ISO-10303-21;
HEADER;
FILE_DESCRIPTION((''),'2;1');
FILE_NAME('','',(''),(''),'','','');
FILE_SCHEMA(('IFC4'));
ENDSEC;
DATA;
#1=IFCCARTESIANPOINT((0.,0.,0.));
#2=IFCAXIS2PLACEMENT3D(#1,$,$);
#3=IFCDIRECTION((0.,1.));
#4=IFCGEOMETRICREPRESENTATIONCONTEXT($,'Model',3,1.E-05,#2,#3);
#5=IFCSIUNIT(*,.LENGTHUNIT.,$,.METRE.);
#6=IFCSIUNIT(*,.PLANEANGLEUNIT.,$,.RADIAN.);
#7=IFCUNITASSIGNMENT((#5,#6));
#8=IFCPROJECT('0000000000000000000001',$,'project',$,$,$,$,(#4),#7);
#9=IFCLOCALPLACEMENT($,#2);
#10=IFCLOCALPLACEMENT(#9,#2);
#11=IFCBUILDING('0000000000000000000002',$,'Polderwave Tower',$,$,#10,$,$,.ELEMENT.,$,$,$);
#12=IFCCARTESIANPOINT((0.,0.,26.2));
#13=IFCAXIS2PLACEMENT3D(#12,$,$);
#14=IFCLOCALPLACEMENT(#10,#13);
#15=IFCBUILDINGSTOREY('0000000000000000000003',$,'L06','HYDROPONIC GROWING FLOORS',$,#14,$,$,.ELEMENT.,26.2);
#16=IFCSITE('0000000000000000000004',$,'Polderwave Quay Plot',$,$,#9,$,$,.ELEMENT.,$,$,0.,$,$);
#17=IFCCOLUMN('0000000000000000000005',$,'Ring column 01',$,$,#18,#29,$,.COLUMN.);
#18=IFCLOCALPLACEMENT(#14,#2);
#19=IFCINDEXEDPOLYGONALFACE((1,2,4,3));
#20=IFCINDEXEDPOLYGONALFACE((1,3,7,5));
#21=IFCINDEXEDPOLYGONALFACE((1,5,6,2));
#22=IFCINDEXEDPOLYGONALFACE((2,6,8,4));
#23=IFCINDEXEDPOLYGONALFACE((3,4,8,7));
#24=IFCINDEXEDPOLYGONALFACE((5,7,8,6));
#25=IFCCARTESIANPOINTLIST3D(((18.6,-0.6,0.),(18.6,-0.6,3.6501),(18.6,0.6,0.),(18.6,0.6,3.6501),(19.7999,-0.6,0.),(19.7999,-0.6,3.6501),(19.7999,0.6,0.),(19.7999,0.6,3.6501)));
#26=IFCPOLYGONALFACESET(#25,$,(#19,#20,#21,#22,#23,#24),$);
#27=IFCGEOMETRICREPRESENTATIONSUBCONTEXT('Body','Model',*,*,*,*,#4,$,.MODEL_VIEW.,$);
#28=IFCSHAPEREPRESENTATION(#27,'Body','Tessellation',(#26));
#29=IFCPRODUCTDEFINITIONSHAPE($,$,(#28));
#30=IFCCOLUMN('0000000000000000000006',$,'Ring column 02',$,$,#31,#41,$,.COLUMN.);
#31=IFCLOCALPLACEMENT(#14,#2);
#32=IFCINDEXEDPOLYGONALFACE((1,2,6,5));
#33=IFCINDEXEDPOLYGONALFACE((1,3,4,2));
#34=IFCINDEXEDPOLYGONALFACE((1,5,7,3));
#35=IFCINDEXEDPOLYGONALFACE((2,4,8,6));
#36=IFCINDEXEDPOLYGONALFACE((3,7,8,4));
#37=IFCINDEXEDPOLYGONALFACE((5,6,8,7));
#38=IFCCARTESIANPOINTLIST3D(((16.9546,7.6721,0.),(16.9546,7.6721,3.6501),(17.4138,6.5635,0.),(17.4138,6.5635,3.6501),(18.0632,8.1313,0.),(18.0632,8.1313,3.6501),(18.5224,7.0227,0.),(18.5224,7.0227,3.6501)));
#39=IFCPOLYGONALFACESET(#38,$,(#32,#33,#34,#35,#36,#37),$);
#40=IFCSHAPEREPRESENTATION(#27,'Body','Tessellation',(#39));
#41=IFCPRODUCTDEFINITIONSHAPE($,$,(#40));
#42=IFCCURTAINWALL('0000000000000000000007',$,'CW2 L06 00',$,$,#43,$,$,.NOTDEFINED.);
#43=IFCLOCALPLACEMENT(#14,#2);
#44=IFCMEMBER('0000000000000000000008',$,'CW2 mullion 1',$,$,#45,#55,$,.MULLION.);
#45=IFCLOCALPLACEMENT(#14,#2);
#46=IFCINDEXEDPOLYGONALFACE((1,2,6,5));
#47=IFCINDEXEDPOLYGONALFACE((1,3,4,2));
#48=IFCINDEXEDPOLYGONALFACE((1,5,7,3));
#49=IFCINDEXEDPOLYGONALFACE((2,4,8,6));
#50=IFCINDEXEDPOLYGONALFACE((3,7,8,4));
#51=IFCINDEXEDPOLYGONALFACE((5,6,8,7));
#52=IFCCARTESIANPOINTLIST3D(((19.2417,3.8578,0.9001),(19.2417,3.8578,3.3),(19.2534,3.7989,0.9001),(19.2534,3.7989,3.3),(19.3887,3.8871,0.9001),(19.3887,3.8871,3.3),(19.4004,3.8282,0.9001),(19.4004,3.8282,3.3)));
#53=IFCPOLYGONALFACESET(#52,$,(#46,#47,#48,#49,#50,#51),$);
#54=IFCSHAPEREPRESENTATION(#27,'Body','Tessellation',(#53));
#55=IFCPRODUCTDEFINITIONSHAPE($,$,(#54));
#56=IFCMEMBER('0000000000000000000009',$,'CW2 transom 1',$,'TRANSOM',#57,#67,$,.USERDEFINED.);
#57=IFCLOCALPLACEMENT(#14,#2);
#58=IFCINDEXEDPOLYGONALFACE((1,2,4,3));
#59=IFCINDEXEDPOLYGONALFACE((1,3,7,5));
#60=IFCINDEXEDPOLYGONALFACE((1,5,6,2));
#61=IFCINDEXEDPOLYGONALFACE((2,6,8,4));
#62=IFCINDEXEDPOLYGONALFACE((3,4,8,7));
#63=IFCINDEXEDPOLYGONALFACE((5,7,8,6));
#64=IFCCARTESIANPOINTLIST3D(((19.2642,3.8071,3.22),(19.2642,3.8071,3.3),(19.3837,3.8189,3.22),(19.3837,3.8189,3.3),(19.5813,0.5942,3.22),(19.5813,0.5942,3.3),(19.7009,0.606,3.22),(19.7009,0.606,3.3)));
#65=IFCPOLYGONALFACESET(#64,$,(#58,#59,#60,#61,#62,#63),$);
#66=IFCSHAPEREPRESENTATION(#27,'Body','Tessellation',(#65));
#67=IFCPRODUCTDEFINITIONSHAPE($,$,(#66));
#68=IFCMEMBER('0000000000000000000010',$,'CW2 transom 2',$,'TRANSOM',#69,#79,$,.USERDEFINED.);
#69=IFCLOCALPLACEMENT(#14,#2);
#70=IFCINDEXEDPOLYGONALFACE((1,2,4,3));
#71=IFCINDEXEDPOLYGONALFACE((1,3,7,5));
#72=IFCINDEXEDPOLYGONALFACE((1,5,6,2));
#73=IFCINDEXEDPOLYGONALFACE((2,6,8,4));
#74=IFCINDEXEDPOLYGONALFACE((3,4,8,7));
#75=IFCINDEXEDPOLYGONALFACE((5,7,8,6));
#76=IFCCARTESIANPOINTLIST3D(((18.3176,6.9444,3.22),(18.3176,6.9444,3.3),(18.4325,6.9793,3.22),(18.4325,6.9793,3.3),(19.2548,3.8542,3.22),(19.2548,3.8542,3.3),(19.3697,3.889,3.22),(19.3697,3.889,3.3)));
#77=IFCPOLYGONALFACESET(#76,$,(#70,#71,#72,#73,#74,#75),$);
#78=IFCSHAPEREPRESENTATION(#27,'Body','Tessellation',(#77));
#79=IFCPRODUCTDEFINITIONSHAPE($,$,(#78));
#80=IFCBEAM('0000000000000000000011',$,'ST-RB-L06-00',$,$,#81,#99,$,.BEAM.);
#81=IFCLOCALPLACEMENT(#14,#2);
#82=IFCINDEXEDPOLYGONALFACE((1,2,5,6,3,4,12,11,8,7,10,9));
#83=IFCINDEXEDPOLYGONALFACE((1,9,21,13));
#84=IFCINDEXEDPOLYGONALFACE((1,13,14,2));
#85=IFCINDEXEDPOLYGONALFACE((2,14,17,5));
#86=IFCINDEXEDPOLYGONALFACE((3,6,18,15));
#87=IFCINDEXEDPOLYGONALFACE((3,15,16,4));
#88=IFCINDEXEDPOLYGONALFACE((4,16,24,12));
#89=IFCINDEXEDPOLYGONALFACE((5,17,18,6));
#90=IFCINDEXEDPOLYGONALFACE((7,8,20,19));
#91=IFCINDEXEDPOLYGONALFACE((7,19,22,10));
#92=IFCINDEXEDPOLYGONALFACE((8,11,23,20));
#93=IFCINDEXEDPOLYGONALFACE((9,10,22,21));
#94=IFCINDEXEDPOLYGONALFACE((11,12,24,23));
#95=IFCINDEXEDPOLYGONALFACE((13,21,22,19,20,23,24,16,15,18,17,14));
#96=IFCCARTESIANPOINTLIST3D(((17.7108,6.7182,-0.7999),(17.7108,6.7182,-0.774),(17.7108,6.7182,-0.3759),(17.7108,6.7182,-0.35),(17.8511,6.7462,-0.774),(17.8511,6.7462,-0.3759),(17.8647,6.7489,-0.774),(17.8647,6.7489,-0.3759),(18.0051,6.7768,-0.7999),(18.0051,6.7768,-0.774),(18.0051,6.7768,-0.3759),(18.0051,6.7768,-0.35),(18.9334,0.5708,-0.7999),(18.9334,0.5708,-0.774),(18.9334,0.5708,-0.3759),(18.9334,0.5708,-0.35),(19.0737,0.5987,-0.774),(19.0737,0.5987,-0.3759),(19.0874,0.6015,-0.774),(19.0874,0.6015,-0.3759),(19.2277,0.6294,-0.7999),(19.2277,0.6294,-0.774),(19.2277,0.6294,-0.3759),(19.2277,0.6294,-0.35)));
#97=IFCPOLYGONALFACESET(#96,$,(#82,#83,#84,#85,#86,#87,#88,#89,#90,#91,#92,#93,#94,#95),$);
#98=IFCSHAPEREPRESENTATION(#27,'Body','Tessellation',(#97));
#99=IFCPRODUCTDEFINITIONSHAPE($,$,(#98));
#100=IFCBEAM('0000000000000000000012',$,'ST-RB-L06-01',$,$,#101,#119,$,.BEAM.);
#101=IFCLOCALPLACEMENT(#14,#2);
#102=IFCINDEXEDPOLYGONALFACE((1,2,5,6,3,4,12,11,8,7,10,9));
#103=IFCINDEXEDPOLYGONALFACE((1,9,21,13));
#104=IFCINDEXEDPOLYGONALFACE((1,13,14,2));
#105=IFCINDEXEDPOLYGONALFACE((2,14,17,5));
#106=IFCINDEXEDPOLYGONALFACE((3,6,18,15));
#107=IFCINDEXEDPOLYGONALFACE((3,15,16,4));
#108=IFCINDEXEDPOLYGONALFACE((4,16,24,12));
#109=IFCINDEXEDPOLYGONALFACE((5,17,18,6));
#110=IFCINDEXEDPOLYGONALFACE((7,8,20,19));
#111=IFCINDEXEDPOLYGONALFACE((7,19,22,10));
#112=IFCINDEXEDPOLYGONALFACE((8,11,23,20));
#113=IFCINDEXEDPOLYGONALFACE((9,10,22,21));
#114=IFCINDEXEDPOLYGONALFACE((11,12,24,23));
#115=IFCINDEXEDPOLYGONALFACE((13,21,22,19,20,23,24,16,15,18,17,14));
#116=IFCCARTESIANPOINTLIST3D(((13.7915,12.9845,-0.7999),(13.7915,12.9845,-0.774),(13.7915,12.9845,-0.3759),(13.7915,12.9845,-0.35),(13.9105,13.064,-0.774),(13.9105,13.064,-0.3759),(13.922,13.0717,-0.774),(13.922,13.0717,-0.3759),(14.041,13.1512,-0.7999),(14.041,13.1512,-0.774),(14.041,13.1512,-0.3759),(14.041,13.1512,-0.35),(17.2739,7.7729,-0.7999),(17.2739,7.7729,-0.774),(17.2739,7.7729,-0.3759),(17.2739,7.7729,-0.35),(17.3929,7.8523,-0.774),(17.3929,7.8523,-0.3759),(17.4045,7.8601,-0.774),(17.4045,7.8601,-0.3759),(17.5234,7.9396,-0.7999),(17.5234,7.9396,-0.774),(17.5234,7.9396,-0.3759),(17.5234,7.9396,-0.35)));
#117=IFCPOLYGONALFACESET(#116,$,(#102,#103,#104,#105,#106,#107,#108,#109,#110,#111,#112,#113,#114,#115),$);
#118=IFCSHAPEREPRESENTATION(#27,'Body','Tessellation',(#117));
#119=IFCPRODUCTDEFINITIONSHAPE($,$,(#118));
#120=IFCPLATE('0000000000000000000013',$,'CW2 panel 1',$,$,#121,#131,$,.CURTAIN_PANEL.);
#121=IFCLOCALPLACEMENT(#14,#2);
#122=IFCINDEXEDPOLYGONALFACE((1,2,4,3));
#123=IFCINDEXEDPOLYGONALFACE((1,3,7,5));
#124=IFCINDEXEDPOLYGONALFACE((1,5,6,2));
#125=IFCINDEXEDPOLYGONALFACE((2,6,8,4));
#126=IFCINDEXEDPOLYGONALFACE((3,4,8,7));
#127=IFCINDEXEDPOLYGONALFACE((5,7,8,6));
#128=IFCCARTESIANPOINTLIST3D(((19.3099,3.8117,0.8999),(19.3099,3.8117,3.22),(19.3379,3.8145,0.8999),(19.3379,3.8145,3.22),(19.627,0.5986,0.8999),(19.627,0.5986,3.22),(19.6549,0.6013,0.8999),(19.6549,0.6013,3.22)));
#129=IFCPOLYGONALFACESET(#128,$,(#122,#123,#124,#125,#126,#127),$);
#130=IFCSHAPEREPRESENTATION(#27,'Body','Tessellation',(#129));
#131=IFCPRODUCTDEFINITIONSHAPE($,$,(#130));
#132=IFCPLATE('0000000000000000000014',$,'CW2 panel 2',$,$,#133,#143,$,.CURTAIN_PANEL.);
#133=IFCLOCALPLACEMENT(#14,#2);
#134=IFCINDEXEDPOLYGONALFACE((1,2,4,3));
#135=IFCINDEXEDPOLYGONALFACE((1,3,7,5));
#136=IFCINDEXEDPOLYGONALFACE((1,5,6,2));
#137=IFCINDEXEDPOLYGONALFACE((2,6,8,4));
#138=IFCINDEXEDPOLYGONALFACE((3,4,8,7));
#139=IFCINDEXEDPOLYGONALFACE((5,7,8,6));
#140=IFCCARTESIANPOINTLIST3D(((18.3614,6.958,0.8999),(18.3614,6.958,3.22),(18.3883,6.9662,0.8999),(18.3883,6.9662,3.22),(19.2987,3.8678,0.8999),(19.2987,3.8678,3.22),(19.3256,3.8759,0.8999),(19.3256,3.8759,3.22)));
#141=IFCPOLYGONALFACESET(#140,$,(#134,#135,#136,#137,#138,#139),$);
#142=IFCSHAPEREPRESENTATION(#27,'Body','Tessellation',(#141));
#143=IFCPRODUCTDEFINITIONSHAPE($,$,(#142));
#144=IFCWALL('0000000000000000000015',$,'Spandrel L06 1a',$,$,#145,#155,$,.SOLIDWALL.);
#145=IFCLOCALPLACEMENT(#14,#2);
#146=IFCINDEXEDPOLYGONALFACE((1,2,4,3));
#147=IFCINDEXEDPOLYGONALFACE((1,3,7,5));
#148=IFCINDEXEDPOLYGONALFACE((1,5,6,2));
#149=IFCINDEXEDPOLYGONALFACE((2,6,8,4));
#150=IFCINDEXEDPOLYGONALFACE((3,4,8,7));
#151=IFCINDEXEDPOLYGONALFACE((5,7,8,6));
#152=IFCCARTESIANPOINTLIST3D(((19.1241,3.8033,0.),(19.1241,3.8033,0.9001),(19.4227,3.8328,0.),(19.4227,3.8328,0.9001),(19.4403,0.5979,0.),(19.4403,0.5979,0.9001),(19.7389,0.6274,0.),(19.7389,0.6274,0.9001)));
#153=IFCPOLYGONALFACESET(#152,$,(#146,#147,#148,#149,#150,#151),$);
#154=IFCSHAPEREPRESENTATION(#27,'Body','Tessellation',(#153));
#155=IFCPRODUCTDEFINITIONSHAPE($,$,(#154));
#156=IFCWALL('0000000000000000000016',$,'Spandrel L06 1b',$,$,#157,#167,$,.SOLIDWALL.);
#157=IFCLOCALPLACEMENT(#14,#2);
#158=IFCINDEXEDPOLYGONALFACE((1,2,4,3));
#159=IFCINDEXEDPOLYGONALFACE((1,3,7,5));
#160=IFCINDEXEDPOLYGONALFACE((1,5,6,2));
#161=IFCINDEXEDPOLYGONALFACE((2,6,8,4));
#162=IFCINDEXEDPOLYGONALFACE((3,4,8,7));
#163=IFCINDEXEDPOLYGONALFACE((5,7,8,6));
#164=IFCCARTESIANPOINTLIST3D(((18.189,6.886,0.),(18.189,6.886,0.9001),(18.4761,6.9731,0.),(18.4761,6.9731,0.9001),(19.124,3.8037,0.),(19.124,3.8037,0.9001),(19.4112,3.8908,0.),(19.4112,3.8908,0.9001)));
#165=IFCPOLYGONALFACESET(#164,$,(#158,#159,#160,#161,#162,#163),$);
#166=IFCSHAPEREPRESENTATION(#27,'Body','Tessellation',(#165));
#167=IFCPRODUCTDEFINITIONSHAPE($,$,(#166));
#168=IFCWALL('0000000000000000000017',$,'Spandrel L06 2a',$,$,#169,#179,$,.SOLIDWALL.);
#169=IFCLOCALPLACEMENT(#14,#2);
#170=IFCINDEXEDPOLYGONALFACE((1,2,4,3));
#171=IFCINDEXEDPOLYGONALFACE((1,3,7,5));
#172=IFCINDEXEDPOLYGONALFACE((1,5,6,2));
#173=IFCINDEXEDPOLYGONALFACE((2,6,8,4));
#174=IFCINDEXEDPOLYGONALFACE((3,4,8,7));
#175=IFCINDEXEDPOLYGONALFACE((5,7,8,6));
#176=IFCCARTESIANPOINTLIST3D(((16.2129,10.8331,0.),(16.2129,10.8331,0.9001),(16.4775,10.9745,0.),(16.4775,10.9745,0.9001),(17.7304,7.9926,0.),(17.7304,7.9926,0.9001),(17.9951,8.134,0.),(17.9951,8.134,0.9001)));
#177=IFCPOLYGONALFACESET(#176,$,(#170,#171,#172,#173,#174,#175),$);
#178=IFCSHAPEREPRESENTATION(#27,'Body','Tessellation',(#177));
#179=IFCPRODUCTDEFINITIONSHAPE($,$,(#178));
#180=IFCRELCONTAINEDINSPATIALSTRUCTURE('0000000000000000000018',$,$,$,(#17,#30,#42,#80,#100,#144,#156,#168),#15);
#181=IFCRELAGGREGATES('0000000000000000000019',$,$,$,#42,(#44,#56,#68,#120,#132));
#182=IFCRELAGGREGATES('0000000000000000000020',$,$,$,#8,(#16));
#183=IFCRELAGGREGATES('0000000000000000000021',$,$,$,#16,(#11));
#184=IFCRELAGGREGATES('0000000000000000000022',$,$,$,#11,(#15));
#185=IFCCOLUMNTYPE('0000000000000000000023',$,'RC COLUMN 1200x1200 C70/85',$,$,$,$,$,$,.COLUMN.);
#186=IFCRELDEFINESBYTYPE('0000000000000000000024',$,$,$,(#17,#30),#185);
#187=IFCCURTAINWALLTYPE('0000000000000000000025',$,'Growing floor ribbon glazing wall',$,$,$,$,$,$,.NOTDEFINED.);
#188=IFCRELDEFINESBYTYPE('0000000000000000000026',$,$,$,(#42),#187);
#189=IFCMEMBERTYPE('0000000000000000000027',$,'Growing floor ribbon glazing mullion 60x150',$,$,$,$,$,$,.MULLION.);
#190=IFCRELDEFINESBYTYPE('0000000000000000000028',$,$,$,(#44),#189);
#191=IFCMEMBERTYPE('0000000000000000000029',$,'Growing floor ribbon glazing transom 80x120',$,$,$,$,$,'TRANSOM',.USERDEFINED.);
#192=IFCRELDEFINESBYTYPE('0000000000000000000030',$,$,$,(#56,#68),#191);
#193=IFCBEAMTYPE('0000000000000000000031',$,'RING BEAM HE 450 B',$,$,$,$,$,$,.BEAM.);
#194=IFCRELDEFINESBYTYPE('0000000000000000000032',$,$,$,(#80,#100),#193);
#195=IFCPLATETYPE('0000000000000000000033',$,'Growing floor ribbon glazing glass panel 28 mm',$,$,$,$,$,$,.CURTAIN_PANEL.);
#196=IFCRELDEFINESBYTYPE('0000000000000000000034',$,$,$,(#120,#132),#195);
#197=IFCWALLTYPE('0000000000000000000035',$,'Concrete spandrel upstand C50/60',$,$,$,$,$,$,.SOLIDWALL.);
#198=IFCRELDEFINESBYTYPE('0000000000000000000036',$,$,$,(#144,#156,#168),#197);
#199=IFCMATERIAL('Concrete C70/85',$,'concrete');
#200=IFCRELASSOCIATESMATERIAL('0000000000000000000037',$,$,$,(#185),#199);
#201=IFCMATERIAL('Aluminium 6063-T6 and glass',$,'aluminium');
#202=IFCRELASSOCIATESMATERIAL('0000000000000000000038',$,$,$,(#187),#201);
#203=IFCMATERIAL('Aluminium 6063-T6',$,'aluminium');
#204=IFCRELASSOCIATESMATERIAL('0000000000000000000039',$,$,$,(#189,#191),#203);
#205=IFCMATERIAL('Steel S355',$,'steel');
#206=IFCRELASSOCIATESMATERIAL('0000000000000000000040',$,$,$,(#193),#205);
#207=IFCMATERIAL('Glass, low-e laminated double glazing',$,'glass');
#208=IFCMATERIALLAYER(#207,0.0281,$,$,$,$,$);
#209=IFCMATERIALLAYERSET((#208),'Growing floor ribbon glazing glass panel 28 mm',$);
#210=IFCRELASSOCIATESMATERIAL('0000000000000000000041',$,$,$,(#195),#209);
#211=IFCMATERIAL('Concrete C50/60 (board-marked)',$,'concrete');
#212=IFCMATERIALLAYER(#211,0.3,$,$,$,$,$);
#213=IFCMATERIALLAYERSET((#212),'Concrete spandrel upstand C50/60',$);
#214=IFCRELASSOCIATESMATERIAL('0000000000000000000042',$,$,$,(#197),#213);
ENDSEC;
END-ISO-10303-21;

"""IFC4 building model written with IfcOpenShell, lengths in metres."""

from ifc_helpers import new_model, si_unit, direction, frame, frame_2d, origin, origin_2d, place, context, subcontext, project, spatial, rectangle, i_section, extrude, material, layer, layer_set, material_profile, profile_set, type_object, element, aggregate, save


model = new_model("IFC4")

# Units and contexts
model_context = context("Model", 3, precision=1e-05, world=origin(), true_north=direction((0.0, 1.0)))
body_context = subcontext(model_context, "Body", "Model", "MODEL_VIEW")
ifc_project = project(units=[si_unit("LENGTHUNIT", "METRE"), si_unit("PLANEANGLEUNIT", "RADIAN")], contexts=[model_context])

# Site, building, storey
site_placement = place(None, origin())
site = spatial("IfcSite", under=ifc_project, at=site_placement, Name="Polderwave Quay Plot", CompositionType="ELEMENT", RefElevation=0.0)
building_placement = place(site_placement, origin())
building = spatial("IfcBuilding", under=site, at=building_placement, Name="Polderwave Tower", CompositionType="ELEMENT")
storey_placement = place(building_placement, frame((0.0, 0.0, 26.2)))
storey = spatial("IfcBuildingStorey", under=building, at=storey_placement, Name="L06", Description="HYDROPONIC GROWING FLOORS", CompositionType="ELEMENT", Elevation=26.2)

# Columns
ifc_material_1 = material(Name="Concrete C70/85", Category="concrete")
ifc_material_profile_1 = material_profile(ifc_material_1, rectangle(XDim=1.2, YDim=1.2, at=origin_2d()), Name="RC 1200x1200")
ifc_profile_set_1 = profile_set([ifc_material_profile_1], Name="Concrete C70/85")
column_type = type_object("IfcColumnType", Name="RC COLUMN 1200x1200 C70/85", PredefinedType="COLUMN", material=ifc_profile_set_1)
for number, where, z_axis, x_axis, name in (
    (1, (19.2, 0.0, 0.0), (0.0, 0.0, 1.0), (1.0, 0.0, 0.0), "Ring column 01"),
    (2, (17.7385, 7.3474, 0.0), (0.0, 0.0, 1.0), (0.92388, 0.382683, 0.0), "Ring column 02"),
):
    element("IfcColumn", number, at=place(storey_placement, frame(where, z_axis=z_axis, x_axis=x_axis)), inside=storey, type_object=column_type, Name=name, PredefinedType="COLUMN", context=body_context, shape_type="SweptSolid", body=[
        extrude(rectangle(XDim=1.2, YDim=1.2, at=origin_2d()), origin(), (0.0, 0.0, 1.0), 3.6501),
    ])

# Curtain wall, members
ifc_material_2 = material(Name="Aluminium 6063-T6 and glass", Category="aluminium")
curtain_wall_type = type_object("IfcCurtainWallType", Name="Growing floor ribbon glazing wall", PredefinedType="NOTDEFINED", material=ifc_material_2)
curtain_wall_placement = place(storey_placement, origin())
curtain_wall = element("IfcCurtainWall", 3, at=curtain_wall_placement, inside=storey, type_object=curtain_wall_type, Name="CW2 L06 00", PredefinedType="NOTDEFINED")
ifc_material_3 = material(Name="Aluminium 6063-T6", Category="aluminium")
ifc_material_profile_2 = material_profile(ifc_material_3, rectangle(XDim=0.1499, YDim=0.0601, at=origin_2d()), Name="AL 60x150")
ifc_profile_set_2 = profile_set([ifc_material_profile_2], Name="Aluminium 6063-T6")
member_type_1 = type_object("IfcMemberType", Name="Growing floor ribbon glazing mullion 60x150", PredefinedType="MULLION", material=ifc_profile_set_2)
member_1_placement = place(storey_placement, frame((19.321, 3.843, 0.9001), z_axis=(0.0, 0.0, 1.0), x_axis=(-0.980772, -0.195159, 0.0)))
member_1 = element("IfcMember", 4, at=member_1_placement, type_object=member_type_1, Name="CW2 mullion 1", PredefinedType="MULLION", context=body_context, shape_type="SweptSolid", body=[
    extrude(rectangle(XDim=0.1499, YDim=0.0601, at=origin_2d()), origin(), (0.0, 0.0, 1.0), 2.3999),
])
ifc_material_profile_3 = material_profile(ifc_material_3, rectangle(XDim=0.1201, YDim=0.0801, at=origin_2d()), Name="AL 80x120")
ifc_profile_set_3 = profile_set([ifc_material_profile_3], Name="Aluminium 6063-T6")
member_type_2 = type_object("IfcMemberType", Name="Growing floor ribbon glazing transom 80x120", ElementType="TRANSOM", PredefinedType="USERDEFINED", material=ifc_profile_set_3)
member_2_placement = place(storey_placement, frame((19.6411, 0.6001, 3.26), z_axis=(-0.098231, 0.995164, 0.0), x_axis=(-0.995164, -0.098231, 0.0)))
member_2 = element("IfcMember", 5, at=member_2_placement, type_object=member_type_2, Name="CW2 transom 1", ObjectType="TRANSOM", PredefinedType="USERDEFINED", context=body_context, shape_type="SweptSolid", body=[
    extrude(rectangle(XDim=0.1201, YDim=0.0801, at=origin_2d()), origin(), (0.0, 0.0, 1.0), 3.2285),
])
member_3_placement = place(storey_placement, frame((19.3123, 3.8716, 3.26), z_axis=(-0.290232, 0.956956, 0.0), x_axis=(-0.956956, -0.290232, 0.0)))
member_3 = element("IfcMember", 6, at=member_3_placement, type_object=member_type_2, Name="CW2 transom 2", ObjectType="TRANSOM", PredefinedType="USERDEFINED", context=body_context, shape_type="SweptSolid", body=[
    extrude(rectangle(XDim=0.1201, YDim=0.0801, at=origin_2d()), origin(), (0.0, 0.0, 1.0), 3.2292),
])

# Beams
ifc_material_4 = material(Name="Steel S355", Category="steel")
ifc_material_profile_4 = material_profile(ifc_material_4, i_section(OverallWidth=0.3, OverallDepth=0.45, WebThickness=0.0139, FlangeThickness=0.0259, at=origin_2d()), Name="HE 450 B")
ifc_profile_set_4 = profile_set([ifc_material_profile_4], Name="Steel S355")
beam_type = type_object("IfcBeamType", Name="RING BEAM HE 450 B", PredefinedType="BEAM", material=ifc_profile_set_4)
beam_1_placement = place(storey_placement, frame((19.0806, 0.6001, -0.575), z_axis=(-0.195067, 0.98079, 0.0), x_axis=(-0.98079, -0.195067, 0.0)))
element("IfcBeam", 7, at=beam_1_placement, inside=storey, type_object=beam_type, Name="ST-RB-L06-00", PredefinedType="BEAM", context=body_context, shape_type="SweptSolid", body=[
    extrude(i_section(OverallWidth=0.3, OverallDepth=0.45, WebThickness=0.0139, FlangeThickness=0.0259, at=origin_2d()), origin(), (0.0, 0.0, 1.0), 6.2678),
])
beam_2_placement = place(storey_placement, frame((17.3987, 7.8562, -0.575), z_axis=(-0.555581, 0.831463, 0.0), x_axis=(-0.831463, -0.555581, 0.0)))
element("IfcBeam", 8, at=beam_2_placement, inside=storey, type_object=beam_type, Name="ST-RB-L06-01", PredefinedType="BEAM", context=body_context, shape_type="SweptSolid", body=[
    extrude(i_section(OverallWidth=0.3, OverallDepth=0.45, WebThickness=0.0139, FlangeThickness=0.0259, at=origin_2d()), origin(), (0.0, 0.0, 1.0), 6.2681),
])

# Plates
ifc_material_5 = material(Name="Glass, low-e laminated double glazing", Category="glass")
ifc_layer_1 = layer(ifc_material_5, 0.0281)
ifc_layer_set_1 = layer_set([ifc_layer_1], Name="Growing floor ribbon glazing glass panel 28 mm")
plate_type = type_object("IfcPlateType", Name="Growing floor ribbon glazing glass panel 28 mm", PredefinedType="CURTAIN_PANEL", material=ifc_layer_set_1)
plate_1_placement = place(storey_placement, frame((19.4824, 2.2065, 0.8999), z_axis=(0.0, 0.0, 1.0), x_axis=(-0.098198, 0.995167, 0.0)))
plate_1 = element("IfcPlate", 9, at=plate_1_placement, type_object=plate_type, Name="CW2 panel 1", PredefinedType="CURTAIN_PANEL", context=body_context, shape_type="SweptSolid", body=[
    extrude(rectangle(XDim=3.2288, YDim=0.0281, at=origin_2d()), origin(), (0.0, 0.0, 1.0), 2.3201),
])
plate_2_placement = place(storey_placement, frame((18.8435, 5.417, 0.8999), z_axis=(0.0, 0.0, 1.0), x_axis=(-0.290246, 0.956952, 0.0)))
plate_2 = element("IfcPlate", 10, at=plate_2_placement, type_object=plate_type, Name="CW2 panel 2", PredefinedType="CURTAIN_PANEL", context=body_context, shape_type="SweptSolid", body=[
    extrude(rectangle(XDim=3.2292, YDim=0.0281, at=origin_2d()), origin(), (0.0, 0.0, 1.0), 2.3201),
])
aggregate(curtain_wall, [member_1, member_2, member_3, plate_1, plate_2])

# Walls
ifc_material_6 = material(Name="Concrete C50/60 (board-marked)", Category="concrete")
ifc_layer_2 = layer(ifc_material_6, 0.3)
ifc_layer_set_2 = layer_set([ifc_layer_2], Name="Concrete spandrel upstand C50/60")
wall_type_1 = type_object("IfcWallType", Name="Concrete spandrel upstand C50/60", PredefinedType="SOLIDWALL", material=ifc_layer_set_2)
for number, where, z_axis, x_axis, name in (
    (11, (19.5896, 0.6128, 0.0), (0.0, 0.0, 1.0), (-0.09816, 0.995171, 0.0), "Spandrel L06 1a"),
    (12, (19.2676, 3.8474, 0.0), (0.0, 0.0, 1.0), (-0.290302, 0.956935, 0.0), "Spandrel L06 1b"),
):
    element("IfcWall", number, at=place(storey_placement, frame(where, z_axis=z_axis, x_axis=x_axis)), inside=storey, type_object=wall_type_1, Name=name, PredefinedType="SOLIDWALL", context=body_context, shape_type="SweptSolid", body=[
        extrude(rectangle(XDim=3.2209, YDim=0.3, at=frame_2d((1.6104, 0.0))), origin(), (0.0, 0.0, 1.0), 0.9001),
    ])
wall_1_placement = place(storey_placement, frame((17.8628, 8.0632, 0.0), z_axis=(0.0, 0.0, 1.0), x_axis=(-0.471218, 0.882017, 0.0)))
element("IfcWall", 13, at=wall_1_placement, inside=storey, type_object=wall_type_1, Name="Spandrel L06 2a", PredefinedType="SOLIDWALL", context=body_context, shape_type="SweptSolid", body=[
    extrude(rectangle(XDim=3.2205, YDim=0.3, at=frame_2d((1.6104, 0.0))), origin(), (0.0, 0.0, 1.0), 0.9001),
])

save(model, "model.ifc")
